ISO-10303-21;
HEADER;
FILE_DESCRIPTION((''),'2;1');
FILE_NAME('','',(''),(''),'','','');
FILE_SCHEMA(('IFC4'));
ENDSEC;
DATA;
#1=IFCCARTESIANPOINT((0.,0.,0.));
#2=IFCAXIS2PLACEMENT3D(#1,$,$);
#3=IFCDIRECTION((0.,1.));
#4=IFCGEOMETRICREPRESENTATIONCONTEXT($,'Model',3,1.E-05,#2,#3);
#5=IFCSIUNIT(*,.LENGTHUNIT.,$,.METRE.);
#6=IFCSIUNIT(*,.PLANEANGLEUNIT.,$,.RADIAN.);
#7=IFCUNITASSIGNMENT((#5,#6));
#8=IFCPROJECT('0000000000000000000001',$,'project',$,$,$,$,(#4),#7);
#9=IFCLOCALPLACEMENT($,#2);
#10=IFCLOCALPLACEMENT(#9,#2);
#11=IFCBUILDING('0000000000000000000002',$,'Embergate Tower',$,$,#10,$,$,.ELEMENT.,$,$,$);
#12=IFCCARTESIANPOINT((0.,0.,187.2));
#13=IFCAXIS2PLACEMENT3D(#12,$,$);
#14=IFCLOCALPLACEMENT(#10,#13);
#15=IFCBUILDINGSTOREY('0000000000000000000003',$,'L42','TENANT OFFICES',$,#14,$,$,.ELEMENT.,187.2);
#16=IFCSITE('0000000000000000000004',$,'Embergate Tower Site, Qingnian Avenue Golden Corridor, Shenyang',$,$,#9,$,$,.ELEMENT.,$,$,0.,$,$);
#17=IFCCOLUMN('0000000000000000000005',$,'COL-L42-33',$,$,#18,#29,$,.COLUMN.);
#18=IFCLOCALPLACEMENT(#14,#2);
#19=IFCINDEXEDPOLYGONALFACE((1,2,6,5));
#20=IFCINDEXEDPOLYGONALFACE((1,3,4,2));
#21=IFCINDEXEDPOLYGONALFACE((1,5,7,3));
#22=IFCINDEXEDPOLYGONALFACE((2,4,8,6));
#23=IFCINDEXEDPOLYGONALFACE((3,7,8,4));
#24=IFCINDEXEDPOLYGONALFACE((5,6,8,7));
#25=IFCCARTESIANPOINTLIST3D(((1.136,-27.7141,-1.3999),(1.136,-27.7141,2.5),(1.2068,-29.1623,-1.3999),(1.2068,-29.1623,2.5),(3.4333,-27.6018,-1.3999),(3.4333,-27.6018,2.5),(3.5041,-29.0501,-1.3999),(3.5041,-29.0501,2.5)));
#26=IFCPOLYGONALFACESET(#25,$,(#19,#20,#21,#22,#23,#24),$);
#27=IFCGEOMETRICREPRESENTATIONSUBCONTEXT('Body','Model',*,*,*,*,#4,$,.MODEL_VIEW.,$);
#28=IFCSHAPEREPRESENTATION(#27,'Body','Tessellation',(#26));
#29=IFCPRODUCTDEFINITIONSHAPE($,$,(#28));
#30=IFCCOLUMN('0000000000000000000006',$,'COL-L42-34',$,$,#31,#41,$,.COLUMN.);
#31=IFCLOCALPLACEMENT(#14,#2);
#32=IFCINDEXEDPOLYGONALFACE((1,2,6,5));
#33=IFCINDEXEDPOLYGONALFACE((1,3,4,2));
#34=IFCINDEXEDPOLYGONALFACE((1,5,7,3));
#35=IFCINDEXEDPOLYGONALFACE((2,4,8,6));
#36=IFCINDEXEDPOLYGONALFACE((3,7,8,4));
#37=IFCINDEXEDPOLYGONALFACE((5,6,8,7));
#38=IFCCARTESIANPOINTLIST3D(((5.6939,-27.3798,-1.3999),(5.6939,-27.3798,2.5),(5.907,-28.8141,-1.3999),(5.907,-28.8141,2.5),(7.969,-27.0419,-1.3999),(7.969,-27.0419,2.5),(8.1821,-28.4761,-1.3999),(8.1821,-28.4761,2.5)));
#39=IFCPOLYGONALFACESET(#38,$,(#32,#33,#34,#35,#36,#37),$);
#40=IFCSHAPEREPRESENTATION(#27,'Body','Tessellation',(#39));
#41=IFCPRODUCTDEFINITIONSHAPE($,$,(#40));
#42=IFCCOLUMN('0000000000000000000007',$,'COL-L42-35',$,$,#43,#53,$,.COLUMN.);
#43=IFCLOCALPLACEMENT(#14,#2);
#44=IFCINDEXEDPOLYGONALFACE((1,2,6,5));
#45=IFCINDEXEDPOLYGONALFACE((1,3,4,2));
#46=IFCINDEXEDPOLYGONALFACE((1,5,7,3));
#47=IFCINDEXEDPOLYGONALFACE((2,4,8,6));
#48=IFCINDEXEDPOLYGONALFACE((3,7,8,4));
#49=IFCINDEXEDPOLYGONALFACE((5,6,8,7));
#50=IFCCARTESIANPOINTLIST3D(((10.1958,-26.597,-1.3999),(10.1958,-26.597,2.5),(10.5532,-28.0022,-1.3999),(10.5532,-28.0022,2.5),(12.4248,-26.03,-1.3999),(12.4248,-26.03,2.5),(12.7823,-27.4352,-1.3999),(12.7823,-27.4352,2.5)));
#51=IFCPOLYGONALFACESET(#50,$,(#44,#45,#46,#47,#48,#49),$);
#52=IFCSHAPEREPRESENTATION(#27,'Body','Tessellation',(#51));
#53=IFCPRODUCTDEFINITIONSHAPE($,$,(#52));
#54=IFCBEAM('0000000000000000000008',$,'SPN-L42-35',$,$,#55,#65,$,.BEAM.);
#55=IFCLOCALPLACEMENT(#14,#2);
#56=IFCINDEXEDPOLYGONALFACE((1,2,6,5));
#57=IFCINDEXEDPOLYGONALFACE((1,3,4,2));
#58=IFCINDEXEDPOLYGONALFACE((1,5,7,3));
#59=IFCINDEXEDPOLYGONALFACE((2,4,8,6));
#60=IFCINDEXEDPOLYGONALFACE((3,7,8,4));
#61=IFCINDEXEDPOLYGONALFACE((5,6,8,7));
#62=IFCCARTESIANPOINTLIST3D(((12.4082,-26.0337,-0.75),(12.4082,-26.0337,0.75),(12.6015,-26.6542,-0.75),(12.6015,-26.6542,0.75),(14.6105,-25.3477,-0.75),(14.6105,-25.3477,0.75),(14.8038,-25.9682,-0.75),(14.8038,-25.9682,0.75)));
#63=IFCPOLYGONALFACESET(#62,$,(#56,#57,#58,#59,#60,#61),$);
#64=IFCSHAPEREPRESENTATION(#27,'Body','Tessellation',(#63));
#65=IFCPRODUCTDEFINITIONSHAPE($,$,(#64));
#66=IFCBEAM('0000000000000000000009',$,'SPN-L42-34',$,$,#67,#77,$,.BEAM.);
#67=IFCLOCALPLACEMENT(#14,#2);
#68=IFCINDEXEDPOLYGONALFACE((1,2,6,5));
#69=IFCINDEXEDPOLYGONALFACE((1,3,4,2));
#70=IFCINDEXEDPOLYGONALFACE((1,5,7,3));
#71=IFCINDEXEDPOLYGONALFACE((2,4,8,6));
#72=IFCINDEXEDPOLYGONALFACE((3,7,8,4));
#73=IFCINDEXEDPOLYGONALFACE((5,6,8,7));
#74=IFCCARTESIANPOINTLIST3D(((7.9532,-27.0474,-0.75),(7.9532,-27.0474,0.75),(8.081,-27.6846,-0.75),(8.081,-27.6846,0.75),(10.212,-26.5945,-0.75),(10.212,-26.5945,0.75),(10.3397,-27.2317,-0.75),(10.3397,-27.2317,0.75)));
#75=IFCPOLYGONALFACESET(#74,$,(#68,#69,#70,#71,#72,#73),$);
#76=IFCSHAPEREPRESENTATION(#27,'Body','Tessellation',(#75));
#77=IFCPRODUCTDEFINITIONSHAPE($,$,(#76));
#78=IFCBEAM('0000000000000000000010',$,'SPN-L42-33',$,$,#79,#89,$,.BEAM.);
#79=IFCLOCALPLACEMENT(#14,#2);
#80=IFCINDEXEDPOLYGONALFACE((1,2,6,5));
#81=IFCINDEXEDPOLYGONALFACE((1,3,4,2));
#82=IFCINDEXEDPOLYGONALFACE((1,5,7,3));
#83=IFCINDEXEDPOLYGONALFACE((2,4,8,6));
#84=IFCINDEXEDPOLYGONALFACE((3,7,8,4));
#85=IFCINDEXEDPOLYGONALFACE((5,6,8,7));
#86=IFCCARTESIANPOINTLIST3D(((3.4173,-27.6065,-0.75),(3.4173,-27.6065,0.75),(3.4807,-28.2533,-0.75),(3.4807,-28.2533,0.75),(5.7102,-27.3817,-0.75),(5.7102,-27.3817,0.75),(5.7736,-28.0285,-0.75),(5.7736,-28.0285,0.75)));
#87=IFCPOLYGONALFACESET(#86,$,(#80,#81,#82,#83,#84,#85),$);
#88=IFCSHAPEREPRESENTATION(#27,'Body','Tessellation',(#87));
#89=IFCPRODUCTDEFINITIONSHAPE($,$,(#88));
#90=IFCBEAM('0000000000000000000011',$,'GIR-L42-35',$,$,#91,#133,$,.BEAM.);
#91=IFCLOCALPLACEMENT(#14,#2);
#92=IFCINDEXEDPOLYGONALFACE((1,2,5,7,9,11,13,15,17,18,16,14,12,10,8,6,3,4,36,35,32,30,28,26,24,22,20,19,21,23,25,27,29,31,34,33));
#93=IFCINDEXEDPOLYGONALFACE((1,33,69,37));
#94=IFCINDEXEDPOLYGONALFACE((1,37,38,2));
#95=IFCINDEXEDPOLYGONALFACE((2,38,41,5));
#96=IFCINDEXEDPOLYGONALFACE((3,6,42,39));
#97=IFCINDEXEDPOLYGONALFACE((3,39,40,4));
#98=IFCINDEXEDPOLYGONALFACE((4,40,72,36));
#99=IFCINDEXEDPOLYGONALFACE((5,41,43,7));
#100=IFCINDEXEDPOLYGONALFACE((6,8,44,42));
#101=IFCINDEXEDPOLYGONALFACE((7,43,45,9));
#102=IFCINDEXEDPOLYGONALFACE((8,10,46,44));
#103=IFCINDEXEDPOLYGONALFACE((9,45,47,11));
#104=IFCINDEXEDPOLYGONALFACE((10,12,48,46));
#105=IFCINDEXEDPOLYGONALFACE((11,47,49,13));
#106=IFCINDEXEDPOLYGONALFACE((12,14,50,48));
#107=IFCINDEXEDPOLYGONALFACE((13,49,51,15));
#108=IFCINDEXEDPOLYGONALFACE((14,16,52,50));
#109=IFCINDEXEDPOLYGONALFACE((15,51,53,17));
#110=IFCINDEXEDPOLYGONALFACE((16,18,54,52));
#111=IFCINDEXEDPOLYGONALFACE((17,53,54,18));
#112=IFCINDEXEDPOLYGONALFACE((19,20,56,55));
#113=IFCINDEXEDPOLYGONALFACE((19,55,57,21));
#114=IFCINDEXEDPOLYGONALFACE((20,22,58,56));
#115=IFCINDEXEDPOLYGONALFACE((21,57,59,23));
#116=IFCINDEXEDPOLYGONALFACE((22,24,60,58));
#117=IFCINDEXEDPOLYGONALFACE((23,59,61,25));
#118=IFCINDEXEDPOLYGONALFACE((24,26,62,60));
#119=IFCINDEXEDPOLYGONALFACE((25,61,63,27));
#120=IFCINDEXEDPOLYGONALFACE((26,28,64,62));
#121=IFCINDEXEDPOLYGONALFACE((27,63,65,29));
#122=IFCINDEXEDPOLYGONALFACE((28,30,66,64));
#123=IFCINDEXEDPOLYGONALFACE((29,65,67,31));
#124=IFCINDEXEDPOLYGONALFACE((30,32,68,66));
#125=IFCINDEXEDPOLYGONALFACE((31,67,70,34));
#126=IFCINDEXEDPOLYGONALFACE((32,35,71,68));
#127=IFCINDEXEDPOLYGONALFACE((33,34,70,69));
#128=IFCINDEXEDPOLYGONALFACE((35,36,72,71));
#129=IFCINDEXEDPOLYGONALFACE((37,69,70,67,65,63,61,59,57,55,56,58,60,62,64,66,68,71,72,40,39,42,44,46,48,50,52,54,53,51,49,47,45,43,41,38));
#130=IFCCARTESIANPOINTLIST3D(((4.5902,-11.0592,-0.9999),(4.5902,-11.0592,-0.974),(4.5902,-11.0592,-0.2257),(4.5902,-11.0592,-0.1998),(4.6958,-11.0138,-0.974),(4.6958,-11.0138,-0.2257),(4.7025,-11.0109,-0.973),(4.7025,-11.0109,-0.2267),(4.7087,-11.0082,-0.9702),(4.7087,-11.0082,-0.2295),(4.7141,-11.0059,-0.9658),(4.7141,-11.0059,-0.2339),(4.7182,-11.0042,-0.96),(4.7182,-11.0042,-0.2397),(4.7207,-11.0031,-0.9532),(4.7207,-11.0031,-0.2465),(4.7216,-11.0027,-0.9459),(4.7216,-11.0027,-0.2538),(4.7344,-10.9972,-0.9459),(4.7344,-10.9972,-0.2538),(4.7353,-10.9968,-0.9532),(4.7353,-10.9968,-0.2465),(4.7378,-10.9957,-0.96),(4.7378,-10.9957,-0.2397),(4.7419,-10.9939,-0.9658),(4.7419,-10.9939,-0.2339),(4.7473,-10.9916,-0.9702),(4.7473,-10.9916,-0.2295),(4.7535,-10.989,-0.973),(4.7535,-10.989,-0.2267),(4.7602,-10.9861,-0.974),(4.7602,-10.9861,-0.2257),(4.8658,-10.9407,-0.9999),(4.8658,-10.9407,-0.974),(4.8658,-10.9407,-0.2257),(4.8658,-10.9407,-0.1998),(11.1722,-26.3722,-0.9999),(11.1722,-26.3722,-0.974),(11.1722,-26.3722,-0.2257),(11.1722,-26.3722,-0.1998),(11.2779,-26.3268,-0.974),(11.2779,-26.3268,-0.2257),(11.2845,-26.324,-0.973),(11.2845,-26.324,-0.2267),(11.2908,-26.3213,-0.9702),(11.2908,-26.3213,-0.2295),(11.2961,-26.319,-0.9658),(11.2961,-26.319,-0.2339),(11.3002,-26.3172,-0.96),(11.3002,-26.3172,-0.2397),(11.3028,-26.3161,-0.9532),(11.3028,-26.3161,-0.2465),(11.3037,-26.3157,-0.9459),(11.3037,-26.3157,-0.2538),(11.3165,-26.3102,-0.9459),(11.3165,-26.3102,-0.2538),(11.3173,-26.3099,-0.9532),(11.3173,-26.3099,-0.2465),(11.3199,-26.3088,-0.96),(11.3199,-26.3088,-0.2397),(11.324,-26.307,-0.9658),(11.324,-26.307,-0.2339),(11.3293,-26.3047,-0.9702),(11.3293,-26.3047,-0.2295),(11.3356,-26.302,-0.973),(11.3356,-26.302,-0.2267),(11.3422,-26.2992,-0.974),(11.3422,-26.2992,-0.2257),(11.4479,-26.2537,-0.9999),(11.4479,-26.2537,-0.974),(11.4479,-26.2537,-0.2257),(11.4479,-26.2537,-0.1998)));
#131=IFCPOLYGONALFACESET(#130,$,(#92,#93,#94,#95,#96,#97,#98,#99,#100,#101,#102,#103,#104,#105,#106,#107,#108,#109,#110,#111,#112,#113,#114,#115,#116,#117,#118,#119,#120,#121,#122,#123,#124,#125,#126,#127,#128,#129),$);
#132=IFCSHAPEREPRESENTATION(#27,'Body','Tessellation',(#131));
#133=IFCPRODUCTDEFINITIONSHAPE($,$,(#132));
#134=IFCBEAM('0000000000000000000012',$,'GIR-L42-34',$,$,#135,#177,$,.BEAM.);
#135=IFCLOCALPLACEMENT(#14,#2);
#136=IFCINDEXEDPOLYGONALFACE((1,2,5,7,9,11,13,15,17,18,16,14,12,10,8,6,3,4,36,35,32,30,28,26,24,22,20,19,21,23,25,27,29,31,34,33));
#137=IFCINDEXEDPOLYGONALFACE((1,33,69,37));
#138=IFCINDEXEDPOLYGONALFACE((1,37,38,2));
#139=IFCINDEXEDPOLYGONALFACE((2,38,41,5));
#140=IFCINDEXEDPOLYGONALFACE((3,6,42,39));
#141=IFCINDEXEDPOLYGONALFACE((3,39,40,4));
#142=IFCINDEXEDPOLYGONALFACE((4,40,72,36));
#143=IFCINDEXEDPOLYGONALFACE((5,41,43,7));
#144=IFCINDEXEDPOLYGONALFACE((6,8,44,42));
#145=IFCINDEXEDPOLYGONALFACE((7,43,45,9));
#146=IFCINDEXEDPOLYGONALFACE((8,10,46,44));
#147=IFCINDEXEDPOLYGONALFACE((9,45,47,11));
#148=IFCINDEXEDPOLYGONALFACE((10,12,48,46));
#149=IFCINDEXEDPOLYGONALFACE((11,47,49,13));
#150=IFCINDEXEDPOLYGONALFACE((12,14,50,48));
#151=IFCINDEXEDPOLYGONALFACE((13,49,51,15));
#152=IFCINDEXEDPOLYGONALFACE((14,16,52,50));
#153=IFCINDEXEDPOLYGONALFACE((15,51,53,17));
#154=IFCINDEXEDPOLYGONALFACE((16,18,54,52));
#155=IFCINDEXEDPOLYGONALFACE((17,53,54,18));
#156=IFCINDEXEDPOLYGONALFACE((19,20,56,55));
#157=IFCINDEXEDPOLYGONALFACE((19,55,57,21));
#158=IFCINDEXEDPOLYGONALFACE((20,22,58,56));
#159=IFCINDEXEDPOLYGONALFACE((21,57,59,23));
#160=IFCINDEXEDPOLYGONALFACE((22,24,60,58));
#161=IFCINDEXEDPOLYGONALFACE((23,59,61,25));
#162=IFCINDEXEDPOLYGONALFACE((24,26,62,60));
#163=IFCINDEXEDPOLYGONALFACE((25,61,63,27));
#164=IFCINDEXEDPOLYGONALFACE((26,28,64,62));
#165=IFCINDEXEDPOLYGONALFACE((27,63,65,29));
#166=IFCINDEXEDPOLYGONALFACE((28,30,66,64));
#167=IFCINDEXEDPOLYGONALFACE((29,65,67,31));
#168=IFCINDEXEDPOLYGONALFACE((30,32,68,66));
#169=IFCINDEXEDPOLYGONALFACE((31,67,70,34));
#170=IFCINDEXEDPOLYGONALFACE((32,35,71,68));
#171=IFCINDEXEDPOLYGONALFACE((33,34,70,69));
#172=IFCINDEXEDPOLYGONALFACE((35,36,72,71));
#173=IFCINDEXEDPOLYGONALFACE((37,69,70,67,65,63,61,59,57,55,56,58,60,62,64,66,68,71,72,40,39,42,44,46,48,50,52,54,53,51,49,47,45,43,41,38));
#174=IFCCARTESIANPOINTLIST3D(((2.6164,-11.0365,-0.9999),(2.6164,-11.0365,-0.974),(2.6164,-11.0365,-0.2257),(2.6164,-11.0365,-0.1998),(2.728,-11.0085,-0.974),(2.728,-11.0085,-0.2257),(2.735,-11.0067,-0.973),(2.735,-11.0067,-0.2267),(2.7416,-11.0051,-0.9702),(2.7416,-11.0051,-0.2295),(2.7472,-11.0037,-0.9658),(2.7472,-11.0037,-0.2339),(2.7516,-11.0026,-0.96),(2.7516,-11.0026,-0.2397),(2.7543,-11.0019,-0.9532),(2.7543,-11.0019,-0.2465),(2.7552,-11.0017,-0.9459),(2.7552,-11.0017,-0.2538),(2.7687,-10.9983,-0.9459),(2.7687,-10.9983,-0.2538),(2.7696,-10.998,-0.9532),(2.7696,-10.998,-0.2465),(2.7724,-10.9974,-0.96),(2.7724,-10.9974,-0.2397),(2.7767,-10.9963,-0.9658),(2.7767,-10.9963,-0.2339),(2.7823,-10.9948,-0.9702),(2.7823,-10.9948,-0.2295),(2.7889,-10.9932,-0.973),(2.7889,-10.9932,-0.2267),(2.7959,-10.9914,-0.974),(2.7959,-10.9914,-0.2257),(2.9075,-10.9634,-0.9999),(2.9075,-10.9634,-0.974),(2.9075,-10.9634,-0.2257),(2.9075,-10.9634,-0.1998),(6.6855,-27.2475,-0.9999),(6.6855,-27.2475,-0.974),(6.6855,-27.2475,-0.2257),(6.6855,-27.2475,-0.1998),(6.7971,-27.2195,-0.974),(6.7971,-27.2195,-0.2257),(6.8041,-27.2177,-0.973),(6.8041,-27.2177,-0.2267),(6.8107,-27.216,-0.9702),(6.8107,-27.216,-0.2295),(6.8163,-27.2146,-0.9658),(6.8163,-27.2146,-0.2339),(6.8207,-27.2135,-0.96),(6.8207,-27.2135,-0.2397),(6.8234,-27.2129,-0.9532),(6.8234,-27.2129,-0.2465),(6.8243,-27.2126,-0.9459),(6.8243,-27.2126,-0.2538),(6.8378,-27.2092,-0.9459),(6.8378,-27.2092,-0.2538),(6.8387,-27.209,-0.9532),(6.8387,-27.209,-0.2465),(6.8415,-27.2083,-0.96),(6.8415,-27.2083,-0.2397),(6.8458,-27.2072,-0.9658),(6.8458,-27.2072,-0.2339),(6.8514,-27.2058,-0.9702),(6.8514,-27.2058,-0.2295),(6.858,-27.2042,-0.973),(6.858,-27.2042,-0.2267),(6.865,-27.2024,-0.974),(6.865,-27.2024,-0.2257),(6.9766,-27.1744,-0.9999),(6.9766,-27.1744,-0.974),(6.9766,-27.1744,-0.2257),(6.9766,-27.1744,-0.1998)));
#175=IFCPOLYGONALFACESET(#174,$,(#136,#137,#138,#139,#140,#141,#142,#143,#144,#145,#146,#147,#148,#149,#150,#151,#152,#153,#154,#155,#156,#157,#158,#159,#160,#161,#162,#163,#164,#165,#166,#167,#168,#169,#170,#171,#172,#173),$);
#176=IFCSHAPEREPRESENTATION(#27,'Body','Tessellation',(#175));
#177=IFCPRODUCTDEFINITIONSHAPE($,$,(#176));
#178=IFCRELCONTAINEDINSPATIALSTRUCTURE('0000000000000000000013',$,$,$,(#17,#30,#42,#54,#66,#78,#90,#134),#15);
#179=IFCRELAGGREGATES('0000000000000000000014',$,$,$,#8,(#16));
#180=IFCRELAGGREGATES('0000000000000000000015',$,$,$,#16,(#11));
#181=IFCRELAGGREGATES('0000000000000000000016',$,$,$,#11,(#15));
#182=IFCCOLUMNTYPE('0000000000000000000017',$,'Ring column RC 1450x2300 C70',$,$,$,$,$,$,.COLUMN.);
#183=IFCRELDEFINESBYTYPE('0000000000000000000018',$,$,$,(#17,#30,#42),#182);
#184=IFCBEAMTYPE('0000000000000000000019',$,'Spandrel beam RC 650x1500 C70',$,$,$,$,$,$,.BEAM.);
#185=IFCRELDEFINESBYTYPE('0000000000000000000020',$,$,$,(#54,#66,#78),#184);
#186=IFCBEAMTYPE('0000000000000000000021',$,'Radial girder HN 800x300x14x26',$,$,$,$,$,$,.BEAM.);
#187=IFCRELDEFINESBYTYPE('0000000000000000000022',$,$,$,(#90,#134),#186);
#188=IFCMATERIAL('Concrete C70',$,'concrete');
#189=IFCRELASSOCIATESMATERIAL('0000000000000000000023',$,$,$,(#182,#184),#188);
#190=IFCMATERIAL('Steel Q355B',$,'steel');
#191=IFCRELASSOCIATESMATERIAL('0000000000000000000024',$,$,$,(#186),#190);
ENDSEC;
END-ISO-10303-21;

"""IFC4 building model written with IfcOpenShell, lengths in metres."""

from ifc_helpers import new_model, si_unit, direction, frame, origin, origin_2d, place, context, subcontext, project, spatial, rectangle, i_section, extrude, source, transform, mapped, material, material_profile, profile_set, type_object, element, save


model = new_model("IFC4")

# Units and contexts
model_context = context("Model", 3, precision=1e-05, world=origin(), true_north=direction((0.0, 1.0)))
body_context = subcontext(model_context, "Body", "Model", "MODEL_VIEW")
ifc_project = project(units=[si_unit("LENGTHUNIT", "METRE"), si_unit("PLANEANGLEUNIT", "RADIAN")], contexts=[model_context])

# Site, building, storey
site_placement = place(None, origin())
site = spatial("IfcSite", under=ifc_project, at=site_placement, Name="Embergate Tower Site, Qingnian Avenue Golden Corridor, Shenyang", CompositionType="ELEMENT", RefElevation=0.0)
building_placement = place(site_placement, origin())
building = spatial("IfcBuilding", under=site, at=building_placement, Name="Embergate Tower", CompositionType="ELEMENT")
storey_placement = place(building_placement, frame((0.0, 0.0, 187.2)))
storey = spatial("IfcBuildingStorey", under=building, at=storey_placement, Name="L42", Description="TENANT OFFICES", CompositionType="ELEMENT", Elevation=187.2)

# Columns
ifc_material_1 = material(Name="Concrete C70", Category="concrete")
ifc_material_profile_1 = material_profile(ifc_material_1, rectangle(XDim=1.45, YDim=2.3, at=origin_2d()), Name="RC 1450x2300")
ifc_profile_set_1 = profile_set([ifc_material_profile_1], Name="Concrete C70")
column_type = type_object("IfcColumnType", Name="Ring column RC 1450x2300 C70", PredefinedType="COLUMN", material=ifc_profile_set_1)
shared_shape_1 = source(origin(), body_context, "Body", "SweptSolid", [
    extrude(rectangle(XDim=1.45, YDim=2.3, at=origin_2d()), origin(), (0.0, 0.0, 1.0), 3.8999),
])
for number, where, z_axis, x_axis, name in (
    (1, (2.3201, -28.3821, -1.3999), (0.0, 0.0, 1.0), (0.048815, -0.998808, 0.0), "COL-L42-33"),
    (2, (6.938, -27.928, -1.3999), (0.0, 0.0, 1.0), (0.146929, -0.989147, 0.0), "COL-L42-34"),
    (3, (11.489, -27.0161, -1.3999), (0.0, 0.0, 1.0), (0.246509, -0.969141, 0.0), "COL-L42-35"),
):
    element("IfcColumn", number, at=place(storey_placement, frame(where, z_axis=z_axis, x_axis=x_axis)), inside=storey, type_object=column_type, Name=name, PredefinedType="COLUMN", context=body_context, shape_type="MappedRepresentation", body=[
        mapped(shared_shape_1, transform((0.0, 0.0, 0.0))),
    ])

# Beams
ifc_material_profile_2 = material_profile(ifc_material_1, rectangle(XDim=0.6499, YDim=1.5, at=origin_2d()), Name="RC 650x1500")
ifc_profile_set_2 = profile_set([ifc_material_profile_2], Name="Concrete C70")
beam_type_1 = type_object("IfcBeamType", Name="Spandrel beam RC 650x1500 C70", PredefinedType="BEAM", material=ifc_profile_set_2)
shared_shape_2 = source(origin(), body_context, "Body", "SweptSolid", [
    extrude(rectangle(XDim=0.6499, YDim=1.5, at=origin_2d()), origin(), (0.0, 0.0, 1.0), 2.3066),
])
beam_1_placement = place(storey_placement, frame((12.5049, -26.344, 0.0), z_axis=(0.954743, 0.297431, 0.0), x_axis=(-0.297431, 0.954743, 0.0)))
element("IfcBeam", 4, at=beam_1_placement, inside=storey, type_object=beam_type_1, Name="SPN-L42-35", PredefinedType="BEAM", context=body_context, shape_type="MappedRepresentation", body=[
    mapped(shared_shape_2, transform((0.0, 0.0, 0.0))),
])
shared_shape_3 = source(origin(), body_context, "Body", "SweptSolid", [
    extrude(rectangle(XDim=0.6499, YDim=1.5, at=origin_2d()), origin(), (0.0, 0.0, 1.0), 2.3037),
])
beam_2_placement = place(storey_placement, frame((8.0171, -27.366, 0.0), z_axis=(0.980487, 0.196585, 0.0), x_axis=(-0.196585, 0.980487, 0.0)))
element("IfcBeam", 5, at=beam_2_placement, inside=storey, type_object=beam_type_1, Name="SPN-L42-34", PredefinedType="BEAM", context=body_context, shape_type="MappedRepresentation", body=[
    mapped(shared_shape_3, transform((0.0, 0.0, 0.0))),
])
shared_shape_4 = source(origin(), body_context, "Body", "SweptSolid", [
    extrude(rectangle(XDim=0.6499, YDim=1.5, at=origin_2d()), origin(), (0.0, 0.0, 1.0), 2.304),
])
beam_3_placement = place(storey_placement, frame((3.449, -27.9299, 0.0), z_axis=(0.995226, 0.097594, 0.0), x_axis=(-0.097594, 0.995226, 0.0)))
element("IfcBeam", 6, at=beam_3_placement, inside=storey, type_object=beam_type_1, Name="SPN-L42-33", PredefinedType="BEAM", context=body_context, shape_type="MappedRepresentation", body=[
    mapped(shared_shape_4, transform((0.0, 0.0, 0.0))),
])
ifc_material_2 = material(Name="Steel Q355B", Category="steel")
ifc_material_profile_3 = material_profile(ifc_material_2, i_section(OverallWidth=0.3, OverallDepth=0.8, WebThickness=0.0139, FlangeThickness=0.0259, FilletRadius=0.0281, at=origin_2d()), Name="HN 800x300x14x26")
ifc_profile_set_3 = profile_set([ifc_material_profile_3], Name="Steel Q355 grade B")
beam_type_2 = type_object("IfcBeamType", Name="Radial girder HN 800x300x14x26", PredefinedType="BEAM", material=ifc_profile_set_3)
shared_shape_5 = source(origin(), body_context, "Body", "SweptSolid", [
    extrude(i_section(OverallWidth=0.3, OverallDepth=0.8, WebThickness=0.0139, FlangeThickness=0.0259, FilletRadius=0.0281, at=origin_2d()), origin(), (0.0, 0.0, 1.0), 16.6677),
])
beam_4_placement = place(storey_placement, frame((11.3101, -26.313, -0.5999), z_axis=(-0.394898, 0.918725, 0.0), x_axis=(-0.918725, -0.394898, 0.0)))
element("IfcBeam", 7, at=beam_4_placement, inside=storey, type_object=beam_type_2, Name="GIR-L42-35", PredefinedType="BEAM", context=body_context, shape_type="MappedRepresentation", body=[
    mapped(shared_shape_5, transform((0.0, 0.0, 0.0))),
])
shared_shape_6 = source(origin(), body_context, "Body", "SweptSolid", [
    extrude(i_section(OverallWidth=0.3, OverallDepth=0.8, WebThickness=0.0139, FlangeThickness=0.0259, FilletRadius=0.0281, at=origin_2d()), origin(), (0.0, 0.0, 1.0), 16.7139),
])
beam_5_placement = place(storey_placement, frame((6.8311, -27.2109, -0.5999), z_axis=(-0.243457, 0.969912, 0.0), x_axis=(-0.969912, -0.243457, 0.0)))
element("IfcBeam", 8, at=beam_5_placement, inside=storey, type_object=beam_type_2, Name="GIR-L42-34", PredefinedType="BEAM", context=body_context, shape_type="MappedRepresentation", body=[
    mapped(shared_shape_6, transform((0.0, 0.0, 0.0))),
])

save(model, "model.ifc")
